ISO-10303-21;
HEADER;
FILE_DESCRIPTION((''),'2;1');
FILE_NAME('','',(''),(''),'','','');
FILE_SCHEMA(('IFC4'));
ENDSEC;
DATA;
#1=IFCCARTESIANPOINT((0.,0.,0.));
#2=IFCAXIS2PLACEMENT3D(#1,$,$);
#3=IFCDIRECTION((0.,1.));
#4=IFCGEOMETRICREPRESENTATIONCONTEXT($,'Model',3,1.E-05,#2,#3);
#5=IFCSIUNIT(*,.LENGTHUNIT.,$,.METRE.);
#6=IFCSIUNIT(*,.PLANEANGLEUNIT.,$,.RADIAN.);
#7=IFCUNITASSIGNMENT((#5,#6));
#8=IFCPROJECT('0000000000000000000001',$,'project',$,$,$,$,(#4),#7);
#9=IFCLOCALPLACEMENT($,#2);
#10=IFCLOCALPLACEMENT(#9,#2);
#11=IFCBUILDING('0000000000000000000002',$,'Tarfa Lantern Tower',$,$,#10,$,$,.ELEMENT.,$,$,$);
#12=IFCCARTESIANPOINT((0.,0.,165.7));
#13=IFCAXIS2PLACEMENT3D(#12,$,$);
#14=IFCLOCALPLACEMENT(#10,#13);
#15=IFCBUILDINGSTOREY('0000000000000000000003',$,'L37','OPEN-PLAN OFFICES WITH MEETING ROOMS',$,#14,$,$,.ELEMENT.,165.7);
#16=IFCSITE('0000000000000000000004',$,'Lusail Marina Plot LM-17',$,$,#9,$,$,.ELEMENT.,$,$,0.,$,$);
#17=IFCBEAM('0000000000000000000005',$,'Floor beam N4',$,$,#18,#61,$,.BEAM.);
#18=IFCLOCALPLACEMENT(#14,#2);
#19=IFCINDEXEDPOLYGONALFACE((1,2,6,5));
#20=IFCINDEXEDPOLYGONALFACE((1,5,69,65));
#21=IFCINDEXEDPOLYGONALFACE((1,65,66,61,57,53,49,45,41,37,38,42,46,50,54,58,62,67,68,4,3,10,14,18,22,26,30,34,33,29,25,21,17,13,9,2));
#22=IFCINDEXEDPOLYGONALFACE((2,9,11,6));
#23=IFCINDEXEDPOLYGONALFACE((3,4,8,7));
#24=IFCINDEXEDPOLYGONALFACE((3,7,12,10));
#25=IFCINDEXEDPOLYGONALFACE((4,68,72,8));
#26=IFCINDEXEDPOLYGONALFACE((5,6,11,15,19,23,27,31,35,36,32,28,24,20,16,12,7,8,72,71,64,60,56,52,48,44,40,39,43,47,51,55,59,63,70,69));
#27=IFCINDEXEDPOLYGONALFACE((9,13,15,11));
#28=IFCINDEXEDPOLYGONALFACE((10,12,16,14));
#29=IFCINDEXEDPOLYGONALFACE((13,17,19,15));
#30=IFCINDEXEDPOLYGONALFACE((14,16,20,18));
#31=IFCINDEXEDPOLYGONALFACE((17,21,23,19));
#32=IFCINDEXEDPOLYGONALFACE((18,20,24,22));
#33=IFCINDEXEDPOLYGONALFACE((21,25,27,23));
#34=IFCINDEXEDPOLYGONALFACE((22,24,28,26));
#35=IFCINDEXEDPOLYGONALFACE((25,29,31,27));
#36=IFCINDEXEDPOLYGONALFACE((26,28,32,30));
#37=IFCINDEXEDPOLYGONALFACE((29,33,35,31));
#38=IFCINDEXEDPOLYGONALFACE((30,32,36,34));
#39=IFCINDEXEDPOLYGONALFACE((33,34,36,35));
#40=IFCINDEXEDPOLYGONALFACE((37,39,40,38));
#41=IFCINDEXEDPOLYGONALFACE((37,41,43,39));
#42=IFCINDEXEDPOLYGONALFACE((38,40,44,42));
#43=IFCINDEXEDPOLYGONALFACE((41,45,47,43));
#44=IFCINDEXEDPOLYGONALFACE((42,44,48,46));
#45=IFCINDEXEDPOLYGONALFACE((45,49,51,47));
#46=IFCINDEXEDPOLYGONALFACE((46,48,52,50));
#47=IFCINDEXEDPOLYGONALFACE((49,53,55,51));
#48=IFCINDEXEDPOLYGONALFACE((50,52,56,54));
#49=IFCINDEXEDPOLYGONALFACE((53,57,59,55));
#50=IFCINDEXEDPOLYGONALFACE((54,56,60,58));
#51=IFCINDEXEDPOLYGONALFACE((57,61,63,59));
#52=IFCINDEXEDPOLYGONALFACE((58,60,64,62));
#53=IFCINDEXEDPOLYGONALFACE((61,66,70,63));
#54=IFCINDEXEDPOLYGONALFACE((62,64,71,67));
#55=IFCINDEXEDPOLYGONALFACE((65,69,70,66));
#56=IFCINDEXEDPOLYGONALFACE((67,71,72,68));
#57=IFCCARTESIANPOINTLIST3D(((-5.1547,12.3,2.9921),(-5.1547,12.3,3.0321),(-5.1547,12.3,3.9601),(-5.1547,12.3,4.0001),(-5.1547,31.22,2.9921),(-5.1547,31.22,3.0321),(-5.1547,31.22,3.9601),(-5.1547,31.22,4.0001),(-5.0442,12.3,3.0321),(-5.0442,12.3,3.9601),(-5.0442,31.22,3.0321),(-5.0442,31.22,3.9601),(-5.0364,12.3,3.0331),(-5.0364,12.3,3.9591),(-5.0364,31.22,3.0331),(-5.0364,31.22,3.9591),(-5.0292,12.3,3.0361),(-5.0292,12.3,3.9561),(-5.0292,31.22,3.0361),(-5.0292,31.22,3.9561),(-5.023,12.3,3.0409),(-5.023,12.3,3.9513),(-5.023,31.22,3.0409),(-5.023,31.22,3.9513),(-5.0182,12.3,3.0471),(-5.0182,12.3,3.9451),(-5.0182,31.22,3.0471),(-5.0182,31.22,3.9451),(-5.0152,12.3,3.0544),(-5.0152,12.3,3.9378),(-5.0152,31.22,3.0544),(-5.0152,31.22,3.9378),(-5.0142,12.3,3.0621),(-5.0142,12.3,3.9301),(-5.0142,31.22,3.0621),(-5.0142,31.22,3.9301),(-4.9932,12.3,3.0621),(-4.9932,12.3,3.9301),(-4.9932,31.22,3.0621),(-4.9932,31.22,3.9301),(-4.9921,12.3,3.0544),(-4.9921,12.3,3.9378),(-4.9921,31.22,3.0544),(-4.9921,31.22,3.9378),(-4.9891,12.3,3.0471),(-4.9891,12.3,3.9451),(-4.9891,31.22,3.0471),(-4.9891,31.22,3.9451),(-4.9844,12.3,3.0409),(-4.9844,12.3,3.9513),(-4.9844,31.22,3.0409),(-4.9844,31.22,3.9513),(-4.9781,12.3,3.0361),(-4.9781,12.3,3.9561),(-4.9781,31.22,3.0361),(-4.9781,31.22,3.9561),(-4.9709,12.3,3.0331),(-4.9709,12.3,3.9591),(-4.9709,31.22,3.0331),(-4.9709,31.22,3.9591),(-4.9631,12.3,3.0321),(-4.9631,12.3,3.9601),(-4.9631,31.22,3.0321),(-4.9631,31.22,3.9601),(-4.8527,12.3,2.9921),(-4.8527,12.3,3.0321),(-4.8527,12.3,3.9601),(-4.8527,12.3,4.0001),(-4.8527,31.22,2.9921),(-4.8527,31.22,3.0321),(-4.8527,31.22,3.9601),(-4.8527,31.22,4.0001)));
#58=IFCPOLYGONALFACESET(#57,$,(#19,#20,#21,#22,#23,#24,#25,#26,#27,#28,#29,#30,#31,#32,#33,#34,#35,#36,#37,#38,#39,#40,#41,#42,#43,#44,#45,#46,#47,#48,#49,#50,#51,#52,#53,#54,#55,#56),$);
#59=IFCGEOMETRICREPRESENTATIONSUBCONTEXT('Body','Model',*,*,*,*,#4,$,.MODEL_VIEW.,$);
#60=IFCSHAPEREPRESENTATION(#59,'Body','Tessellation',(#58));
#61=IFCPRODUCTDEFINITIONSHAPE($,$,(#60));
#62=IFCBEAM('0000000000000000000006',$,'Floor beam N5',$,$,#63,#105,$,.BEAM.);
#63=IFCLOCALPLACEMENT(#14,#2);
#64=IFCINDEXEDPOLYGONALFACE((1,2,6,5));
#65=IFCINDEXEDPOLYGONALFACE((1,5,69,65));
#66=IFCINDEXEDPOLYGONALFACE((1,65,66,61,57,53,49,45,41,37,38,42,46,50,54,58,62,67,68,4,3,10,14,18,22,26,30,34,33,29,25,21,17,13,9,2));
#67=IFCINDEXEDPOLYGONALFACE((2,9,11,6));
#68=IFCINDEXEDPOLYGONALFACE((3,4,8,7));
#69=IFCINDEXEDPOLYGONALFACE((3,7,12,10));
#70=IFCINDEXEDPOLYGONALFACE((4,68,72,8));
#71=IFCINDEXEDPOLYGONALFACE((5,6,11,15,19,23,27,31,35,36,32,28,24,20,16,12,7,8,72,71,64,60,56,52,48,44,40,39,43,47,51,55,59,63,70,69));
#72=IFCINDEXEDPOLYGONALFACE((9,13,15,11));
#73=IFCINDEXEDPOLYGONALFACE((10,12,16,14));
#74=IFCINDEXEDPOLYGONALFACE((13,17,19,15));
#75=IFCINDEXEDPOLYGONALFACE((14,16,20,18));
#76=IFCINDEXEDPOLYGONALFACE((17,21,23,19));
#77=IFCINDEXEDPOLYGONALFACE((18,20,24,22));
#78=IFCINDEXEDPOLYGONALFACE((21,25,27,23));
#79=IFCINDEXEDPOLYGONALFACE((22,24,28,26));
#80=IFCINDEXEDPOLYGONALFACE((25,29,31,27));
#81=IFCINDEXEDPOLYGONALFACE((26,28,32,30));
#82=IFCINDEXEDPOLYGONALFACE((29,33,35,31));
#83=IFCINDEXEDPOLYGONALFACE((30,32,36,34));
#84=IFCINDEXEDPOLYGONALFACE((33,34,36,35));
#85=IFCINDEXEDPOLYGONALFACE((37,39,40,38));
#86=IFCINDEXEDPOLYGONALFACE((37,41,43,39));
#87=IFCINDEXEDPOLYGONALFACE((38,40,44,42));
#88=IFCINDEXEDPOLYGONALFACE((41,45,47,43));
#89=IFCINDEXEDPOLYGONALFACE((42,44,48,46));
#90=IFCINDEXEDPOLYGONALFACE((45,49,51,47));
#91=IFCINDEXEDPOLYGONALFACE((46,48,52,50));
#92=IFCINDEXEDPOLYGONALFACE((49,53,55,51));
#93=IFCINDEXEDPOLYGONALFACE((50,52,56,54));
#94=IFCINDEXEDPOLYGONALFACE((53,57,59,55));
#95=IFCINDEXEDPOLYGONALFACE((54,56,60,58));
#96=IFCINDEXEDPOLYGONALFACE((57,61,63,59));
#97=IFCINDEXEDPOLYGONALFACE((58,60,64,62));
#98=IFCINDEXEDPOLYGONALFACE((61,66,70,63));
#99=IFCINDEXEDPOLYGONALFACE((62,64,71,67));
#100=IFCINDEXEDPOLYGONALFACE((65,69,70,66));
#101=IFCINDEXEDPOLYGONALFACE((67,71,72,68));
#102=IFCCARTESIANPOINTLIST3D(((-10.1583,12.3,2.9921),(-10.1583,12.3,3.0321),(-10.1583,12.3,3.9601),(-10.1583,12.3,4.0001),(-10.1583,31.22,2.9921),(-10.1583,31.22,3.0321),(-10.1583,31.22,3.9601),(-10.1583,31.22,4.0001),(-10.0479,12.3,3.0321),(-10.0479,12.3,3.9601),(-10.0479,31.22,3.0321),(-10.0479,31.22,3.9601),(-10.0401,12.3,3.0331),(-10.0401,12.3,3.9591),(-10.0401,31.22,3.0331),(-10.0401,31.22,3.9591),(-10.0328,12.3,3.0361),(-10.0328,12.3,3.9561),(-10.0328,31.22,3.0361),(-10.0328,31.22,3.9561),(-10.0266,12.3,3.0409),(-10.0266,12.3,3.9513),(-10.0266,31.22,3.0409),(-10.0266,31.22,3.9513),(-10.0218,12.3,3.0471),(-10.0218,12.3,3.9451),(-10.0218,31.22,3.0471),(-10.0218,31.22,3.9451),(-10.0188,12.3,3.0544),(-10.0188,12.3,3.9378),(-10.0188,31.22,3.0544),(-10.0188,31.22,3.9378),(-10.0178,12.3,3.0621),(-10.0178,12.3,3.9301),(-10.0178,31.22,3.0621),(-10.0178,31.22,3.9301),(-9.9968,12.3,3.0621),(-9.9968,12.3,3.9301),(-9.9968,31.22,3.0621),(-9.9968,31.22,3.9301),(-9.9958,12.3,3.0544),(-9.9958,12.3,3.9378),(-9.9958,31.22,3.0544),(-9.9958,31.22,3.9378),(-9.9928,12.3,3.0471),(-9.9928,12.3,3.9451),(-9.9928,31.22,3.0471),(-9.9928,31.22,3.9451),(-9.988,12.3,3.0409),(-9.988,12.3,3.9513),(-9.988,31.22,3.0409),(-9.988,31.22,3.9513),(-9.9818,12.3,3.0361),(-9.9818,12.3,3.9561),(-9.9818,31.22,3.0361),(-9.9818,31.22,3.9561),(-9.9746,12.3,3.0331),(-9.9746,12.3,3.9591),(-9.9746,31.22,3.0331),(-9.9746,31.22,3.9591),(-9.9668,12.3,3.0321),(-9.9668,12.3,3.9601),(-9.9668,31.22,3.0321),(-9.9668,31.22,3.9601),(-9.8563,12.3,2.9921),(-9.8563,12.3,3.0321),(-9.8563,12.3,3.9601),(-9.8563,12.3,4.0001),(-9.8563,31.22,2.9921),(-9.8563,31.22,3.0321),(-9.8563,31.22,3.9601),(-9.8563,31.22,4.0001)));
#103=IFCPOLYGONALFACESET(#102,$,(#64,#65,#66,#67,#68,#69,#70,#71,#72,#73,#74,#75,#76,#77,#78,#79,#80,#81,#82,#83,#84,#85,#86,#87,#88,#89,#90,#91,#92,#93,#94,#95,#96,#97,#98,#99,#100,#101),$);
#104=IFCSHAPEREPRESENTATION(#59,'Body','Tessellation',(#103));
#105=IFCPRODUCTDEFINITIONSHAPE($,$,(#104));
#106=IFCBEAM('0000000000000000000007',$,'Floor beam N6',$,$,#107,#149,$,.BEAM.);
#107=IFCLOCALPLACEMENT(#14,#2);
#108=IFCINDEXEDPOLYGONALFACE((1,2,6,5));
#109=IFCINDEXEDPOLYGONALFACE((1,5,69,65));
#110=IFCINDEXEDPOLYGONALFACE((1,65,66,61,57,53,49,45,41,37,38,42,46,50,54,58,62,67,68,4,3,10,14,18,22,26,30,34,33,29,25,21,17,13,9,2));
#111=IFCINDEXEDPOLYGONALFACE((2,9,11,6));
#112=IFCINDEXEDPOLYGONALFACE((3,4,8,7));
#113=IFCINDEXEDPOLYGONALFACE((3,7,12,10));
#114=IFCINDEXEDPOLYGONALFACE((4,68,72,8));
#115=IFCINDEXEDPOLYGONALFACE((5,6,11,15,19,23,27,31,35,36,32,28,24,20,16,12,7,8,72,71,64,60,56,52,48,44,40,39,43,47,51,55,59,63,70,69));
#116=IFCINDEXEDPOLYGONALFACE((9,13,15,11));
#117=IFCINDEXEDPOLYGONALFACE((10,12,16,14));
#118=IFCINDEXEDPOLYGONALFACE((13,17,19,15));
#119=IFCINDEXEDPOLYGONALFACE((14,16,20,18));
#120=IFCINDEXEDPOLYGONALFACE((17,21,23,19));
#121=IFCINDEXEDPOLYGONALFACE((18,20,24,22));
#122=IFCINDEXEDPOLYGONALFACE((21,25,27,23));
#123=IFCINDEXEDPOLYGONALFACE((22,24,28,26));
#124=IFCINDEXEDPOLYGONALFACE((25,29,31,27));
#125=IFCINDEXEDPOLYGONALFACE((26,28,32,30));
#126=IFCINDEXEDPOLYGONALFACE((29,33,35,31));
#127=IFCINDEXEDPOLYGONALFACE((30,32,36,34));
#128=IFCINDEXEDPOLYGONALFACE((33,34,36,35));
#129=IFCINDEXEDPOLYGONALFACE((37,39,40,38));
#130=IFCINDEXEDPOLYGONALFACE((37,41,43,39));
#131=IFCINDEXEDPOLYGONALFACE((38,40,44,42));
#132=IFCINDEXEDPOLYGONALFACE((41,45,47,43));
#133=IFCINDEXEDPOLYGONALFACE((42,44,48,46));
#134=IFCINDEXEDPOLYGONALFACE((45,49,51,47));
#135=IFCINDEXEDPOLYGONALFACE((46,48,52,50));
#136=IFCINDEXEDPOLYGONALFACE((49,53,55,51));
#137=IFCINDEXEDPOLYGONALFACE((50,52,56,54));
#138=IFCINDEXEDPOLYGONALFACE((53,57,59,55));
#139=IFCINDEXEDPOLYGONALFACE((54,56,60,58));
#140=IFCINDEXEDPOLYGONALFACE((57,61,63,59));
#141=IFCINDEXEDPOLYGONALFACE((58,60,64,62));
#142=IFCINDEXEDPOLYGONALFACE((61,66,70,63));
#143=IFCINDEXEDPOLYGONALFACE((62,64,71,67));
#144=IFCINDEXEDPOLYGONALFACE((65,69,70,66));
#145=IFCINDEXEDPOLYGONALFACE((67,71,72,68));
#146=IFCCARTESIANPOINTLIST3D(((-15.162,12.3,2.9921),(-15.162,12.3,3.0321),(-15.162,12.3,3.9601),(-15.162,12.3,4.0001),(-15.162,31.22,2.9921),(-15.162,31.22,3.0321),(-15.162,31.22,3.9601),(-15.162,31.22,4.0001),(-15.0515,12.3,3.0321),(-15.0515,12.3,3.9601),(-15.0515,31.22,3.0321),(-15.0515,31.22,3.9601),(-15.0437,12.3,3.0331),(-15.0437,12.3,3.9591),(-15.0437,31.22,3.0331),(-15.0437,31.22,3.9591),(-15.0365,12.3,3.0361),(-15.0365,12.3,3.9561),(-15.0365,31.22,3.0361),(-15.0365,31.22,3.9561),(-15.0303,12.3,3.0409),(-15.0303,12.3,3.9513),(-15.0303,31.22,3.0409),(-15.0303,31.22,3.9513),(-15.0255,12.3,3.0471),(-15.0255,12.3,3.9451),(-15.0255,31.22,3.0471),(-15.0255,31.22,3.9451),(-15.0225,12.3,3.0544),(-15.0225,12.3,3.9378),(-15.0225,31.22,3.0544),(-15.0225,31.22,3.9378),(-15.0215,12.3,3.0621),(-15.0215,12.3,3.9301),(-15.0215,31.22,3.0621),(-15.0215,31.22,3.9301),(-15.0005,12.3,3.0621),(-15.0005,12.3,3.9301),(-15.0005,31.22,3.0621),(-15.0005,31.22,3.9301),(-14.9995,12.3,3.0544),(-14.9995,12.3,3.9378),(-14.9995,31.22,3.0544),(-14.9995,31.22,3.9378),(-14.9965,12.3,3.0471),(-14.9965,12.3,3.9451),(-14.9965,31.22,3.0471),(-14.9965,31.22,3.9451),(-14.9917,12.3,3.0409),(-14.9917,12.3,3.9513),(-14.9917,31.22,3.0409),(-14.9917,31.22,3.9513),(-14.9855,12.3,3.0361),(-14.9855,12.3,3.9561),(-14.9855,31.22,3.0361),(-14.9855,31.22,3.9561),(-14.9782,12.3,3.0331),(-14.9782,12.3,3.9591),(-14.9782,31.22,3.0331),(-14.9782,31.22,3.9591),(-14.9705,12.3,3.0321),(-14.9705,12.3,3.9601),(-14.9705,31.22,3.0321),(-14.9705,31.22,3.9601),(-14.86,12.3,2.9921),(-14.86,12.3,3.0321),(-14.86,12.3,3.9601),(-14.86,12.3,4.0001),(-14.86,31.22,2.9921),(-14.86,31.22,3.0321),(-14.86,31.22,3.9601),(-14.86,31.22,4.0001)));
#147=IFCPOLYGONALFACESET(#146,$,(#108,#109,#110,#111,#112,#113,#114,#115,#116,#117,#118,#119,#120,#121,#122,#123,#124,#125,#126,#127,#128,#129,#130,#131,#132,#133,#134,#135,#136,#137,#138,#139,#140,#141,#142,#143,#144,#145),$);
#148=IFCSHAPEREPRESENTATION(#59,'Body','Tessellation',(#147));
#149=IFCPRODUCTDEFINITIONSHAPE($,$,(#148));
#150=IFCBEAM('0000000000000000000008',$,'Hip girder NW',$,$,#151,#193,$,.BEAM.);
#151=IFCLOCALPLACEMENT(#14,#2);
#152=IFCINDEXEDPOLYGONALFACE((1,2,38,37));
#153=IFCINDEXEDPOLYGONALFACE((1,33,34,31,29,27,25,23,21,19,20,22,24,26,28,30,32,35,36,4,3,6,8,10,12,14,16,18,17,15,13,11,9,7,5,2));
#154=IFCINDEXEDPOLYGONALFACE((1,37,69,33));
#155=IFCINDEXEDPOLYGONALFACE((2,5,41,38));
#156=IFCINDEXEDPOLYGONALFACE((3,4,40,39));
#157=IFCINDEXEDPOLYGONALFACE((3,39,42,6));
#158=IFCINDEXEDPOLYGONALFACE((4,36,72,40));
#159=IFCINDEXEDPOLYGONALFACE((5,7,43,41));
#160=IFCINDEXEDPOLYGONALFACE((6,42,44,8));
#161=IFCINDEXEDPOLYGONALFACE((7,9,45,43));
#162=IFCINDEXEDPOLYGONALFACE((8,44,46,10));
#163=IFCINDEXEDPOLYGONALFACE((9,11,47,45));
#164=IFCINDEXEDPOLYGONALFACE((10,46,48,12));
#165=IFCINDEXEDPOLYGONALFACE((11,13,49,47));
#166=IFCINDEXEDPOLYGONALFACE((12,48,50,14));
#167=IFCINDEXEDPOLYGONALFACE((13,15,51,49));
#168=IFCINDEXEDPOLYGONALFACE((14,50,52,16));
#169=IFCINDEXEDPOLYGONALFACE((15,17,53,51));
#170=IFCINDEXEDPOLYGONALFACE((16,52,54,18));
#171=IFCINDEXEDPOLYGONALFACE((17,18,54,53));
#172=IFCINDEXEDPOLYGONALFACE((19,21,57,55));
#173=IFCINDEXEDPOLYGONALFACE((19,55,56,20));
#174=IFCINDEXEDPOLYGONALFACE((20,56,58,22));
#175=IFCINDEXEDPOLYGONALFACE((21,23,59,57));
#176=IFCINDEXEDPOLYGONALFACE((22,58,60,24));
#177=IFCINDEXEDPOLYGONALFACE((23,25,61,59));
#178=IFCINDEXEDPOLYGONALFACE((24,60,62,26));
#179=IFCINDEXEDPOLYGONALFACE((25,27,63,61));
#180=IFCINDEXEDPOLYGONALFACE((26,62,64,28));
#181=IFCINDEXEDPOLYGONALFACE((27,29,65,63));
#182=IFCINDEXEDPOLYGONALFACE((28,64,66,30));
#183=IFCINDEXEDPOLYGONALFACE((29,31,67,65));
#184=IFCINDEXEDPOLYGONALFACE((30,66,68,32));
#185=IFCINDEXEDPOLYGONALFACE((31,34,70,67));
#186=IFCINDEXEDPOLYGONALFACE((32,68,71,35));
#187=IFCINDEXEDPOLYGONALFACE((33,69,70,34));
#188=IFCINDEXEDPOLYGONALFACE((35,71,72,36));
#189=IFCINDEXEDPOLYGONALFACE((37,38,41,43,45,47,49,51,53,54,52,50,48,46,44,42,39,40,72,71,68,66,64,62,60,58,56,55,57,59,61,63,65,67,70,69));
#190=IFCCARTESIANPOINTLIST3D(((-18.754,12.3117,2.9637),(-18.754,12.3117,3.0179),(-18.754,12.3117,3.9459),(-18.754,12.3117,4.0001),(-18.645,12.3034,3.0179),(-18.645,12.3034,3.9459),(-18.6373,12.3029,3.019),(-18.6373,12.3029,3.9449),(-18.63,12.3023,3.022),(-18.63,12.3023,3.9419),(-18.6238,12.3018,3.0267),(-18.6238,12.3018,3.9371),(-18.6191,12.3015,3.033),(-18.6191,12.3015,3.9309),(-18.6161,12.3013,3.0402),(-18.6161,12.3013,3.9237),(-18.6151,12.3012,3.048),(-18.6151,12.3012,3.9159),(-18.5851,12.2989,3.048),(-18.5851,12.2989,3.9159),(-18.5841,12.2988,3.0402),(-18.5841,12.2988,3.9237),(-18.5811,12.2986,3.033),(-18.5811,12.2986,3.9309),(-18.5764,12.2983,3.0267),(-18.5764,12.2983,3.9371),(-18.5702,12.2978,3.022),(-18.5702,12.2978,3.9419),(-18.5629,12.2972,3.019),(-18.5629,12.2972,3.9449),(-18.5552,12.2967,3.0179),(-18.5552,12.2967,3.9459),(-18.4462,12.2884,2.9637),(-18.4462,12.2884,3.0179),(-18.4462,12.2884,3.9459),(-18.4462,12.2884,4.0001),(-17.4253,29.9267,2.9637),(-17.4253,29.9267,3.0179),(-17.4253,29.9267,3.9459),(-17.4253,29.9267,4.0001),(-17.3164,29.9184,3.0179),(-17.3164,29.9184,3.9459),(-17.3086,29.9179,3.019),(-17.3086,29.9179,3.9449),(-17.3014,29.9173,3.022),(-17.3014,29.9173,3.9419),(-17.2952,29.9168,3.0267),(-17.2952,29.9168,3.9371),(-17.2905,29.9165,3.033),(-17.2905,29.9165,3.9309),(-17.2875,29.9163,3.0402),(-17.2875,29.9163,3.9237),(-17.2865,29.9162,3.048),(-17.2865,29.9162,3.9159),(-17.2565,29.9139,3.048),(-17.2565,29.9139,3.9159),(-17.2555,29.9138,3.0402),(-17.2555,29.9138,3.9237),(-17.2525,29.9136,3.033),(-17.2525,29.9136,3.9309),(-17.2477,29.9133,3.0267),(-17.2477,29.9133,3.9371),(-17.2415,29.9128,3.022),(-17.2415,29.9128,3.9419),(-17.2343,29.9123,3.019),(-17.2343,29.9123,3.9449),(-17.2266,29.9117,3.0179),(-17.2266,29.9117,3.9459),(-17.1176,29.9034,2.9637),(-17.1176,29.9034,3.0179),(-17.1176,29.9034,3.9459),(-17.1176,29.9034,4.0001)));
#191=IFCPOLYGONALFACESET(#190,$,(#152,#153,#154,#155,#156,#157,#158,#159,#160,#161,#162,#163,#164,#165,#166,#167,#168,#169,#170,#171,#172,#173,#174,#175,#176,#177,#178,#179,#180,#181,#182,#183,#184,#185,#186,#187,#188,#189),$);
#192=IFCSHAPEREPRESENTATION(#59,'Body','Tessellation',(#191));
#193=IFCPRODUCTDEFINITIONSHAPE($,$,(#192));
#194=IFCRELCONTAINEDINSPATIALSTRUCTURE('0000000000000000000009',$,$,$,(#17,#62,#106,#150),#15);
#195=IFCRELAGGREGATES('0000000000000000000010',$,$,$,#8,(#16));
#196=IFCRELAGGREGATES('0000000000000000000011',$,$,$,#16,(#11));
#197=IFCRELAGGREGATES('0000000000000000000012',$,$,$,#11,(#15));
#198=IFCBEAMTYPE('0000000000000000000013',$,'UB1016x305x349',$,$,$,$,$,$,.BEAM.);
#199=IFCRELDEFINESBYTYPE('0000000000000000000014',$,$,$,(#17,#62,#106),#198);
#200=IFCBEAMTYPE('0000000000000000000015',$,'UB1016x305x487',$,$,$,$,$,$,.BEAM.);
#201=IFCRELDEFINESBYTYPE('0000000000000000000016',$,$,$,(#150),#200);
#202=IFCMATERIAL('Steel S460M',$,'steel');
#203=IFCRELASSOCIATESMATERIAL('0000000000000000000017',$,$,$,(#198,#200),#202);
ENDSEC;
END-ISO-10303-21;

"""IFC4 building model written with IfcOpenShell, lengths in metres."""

from ifc_helpers import new_model, si_unit, direction, frame, origin, origin_2d, place, context, subcontext, project, spatial, i_section, extrude, material, material_profile, profile_set, type_object, element, save


model = new_model("IFC4")

# Units and contexts
model_context = context("Model", 3, precision=1e-05, world=origin(), true_north=direction((0.0, 1.0)))
body_context = subcontext(model_context, "Body", "Model", "MODEL_VIEW")
ifc_project = project(units=[si_unit("LENGTHUNIT", "METRE"), si_unit("PLANEANGLEUNIT", "RADIAN")], contexts=[model_context])

# Site, building, storey
site_placement = place(None, origin())
site = spatial("IfcSite", under=ifc_project, at=site_placement, Name="Lusail Marina Plot LM-17", CompositionType="ELEMENT", RefElevation=0.0)
building_placement = place(site_placement, origin())
building = spatial("IfcBuilding", under=site, at=building_placement, Name="Tarfa Lantern Tower", CompositionType="ELEMENT")
storey_placement = place(building_placement, frame((0.0, 0.0, 165.7)))
storey = spatial("IfcBuildingStorey", under=building, at=storey_placement, Name="L37", Description="OPEN-PLAN OFFICES WITH MEETING ROOMS", CompositionType="ELEMENT", Elevation=165.7)

# Beams
ifc_material_1 = material(Name="Steel S460M", Category="steel")
ifc_material_profile_1 = material_profile(ifc_material_1, i_section(OverallWidth=0.302, OverallDepth=1.0081, WebThickness=0.021, FlangeThickness=0.04, FilletRadius=0.03, at=origin_2d()), Name="UB1016x305x349")
ifc_profile_set_1 = profile_set([ifc_material_profile_1], Name="Steel S460M")
beam_type_1 = type_object("IfcBeamType", Name="UB1016x305x349", PredefinedType="BEAM", material=ifc_profile_set_1)
for number, where, z_axis, x_axis, name in (
    (1, (-5.0037, 31.22, 3.4961), (0.0, -1.0, 0.0), (1.0, 0.0, 0.0), "Floor beam N4"),
    (2, (-10.0073, 31.22, 3.4961), (0.0, -1.0, 0.0), (1.0, 0.0, 0.0), "Floor beam N5"),
    (3, (-15.011, 31.22, 3.4961), (0.0, -1.0, 0.0), (1.0, 0.0, 0.0), "Floor beam N6"),
):
    element("IfcBeam", number, at=place(storey_placement, frame(where, z_axis=z_axis, x_axis=x_axis)), inside=storey, type_object=beam_type_1, Name=name, PredefinedType="BEAM", context=body_context, shape_type="SweptSolid", body=[
        extrude(i_section(OverallWidth=0.302, OverallDepth=1.0081, WebThickness=0.021, FlangeThickness=0.04, FilletRadius=0.03, at=origin_2d()), origin(), (0.0, 0.0, 1.0), 18.9199),
    ])
ifc_material_profile_2 = material_profile(ifc_material_1, i_section(OverallWidth=0.3086, OverallDepth=1.0364, WebThickness=0.03, FlangeThickness=0.0542, FilletRadius=0.03, at=origin_2d()), Name="UB1016x305x487")
ifc_profile_set_2 = profile_set([ifc_material_profile_2], Name="Steel S460M")
beam_type_2 = type_object("IfcBeamType", Name="UB1016x305x487", PredefinedType="BEAM", material=ifc_profile_set_2)
beam_1_placement = place(storey_placement, frame((-18.6001, 12.3, 3.4819), z_axis=(0.075212, 0.997168, 0.0), x_axis=(-0.997168, 0.075212, 0.0)))
element("IfcBeam", 4, at=beam_1_placement, inside=storey, type_object=beam_type_2, Name="Hip girder NW", PredefinedType="BEAM", context=body_context, shape_type="SweptSolid", body=[
    extrude(i_section(OverallWidth=0.3086, OverallDepth=1.0364, WebThickness=0.03, FlangeThickness=0.0542, FilletRadius=0.03, at=origin_2d()), origin(), (0.0, 0.0, 1.0), 17.665),
])

save(model, "model.ifc")
